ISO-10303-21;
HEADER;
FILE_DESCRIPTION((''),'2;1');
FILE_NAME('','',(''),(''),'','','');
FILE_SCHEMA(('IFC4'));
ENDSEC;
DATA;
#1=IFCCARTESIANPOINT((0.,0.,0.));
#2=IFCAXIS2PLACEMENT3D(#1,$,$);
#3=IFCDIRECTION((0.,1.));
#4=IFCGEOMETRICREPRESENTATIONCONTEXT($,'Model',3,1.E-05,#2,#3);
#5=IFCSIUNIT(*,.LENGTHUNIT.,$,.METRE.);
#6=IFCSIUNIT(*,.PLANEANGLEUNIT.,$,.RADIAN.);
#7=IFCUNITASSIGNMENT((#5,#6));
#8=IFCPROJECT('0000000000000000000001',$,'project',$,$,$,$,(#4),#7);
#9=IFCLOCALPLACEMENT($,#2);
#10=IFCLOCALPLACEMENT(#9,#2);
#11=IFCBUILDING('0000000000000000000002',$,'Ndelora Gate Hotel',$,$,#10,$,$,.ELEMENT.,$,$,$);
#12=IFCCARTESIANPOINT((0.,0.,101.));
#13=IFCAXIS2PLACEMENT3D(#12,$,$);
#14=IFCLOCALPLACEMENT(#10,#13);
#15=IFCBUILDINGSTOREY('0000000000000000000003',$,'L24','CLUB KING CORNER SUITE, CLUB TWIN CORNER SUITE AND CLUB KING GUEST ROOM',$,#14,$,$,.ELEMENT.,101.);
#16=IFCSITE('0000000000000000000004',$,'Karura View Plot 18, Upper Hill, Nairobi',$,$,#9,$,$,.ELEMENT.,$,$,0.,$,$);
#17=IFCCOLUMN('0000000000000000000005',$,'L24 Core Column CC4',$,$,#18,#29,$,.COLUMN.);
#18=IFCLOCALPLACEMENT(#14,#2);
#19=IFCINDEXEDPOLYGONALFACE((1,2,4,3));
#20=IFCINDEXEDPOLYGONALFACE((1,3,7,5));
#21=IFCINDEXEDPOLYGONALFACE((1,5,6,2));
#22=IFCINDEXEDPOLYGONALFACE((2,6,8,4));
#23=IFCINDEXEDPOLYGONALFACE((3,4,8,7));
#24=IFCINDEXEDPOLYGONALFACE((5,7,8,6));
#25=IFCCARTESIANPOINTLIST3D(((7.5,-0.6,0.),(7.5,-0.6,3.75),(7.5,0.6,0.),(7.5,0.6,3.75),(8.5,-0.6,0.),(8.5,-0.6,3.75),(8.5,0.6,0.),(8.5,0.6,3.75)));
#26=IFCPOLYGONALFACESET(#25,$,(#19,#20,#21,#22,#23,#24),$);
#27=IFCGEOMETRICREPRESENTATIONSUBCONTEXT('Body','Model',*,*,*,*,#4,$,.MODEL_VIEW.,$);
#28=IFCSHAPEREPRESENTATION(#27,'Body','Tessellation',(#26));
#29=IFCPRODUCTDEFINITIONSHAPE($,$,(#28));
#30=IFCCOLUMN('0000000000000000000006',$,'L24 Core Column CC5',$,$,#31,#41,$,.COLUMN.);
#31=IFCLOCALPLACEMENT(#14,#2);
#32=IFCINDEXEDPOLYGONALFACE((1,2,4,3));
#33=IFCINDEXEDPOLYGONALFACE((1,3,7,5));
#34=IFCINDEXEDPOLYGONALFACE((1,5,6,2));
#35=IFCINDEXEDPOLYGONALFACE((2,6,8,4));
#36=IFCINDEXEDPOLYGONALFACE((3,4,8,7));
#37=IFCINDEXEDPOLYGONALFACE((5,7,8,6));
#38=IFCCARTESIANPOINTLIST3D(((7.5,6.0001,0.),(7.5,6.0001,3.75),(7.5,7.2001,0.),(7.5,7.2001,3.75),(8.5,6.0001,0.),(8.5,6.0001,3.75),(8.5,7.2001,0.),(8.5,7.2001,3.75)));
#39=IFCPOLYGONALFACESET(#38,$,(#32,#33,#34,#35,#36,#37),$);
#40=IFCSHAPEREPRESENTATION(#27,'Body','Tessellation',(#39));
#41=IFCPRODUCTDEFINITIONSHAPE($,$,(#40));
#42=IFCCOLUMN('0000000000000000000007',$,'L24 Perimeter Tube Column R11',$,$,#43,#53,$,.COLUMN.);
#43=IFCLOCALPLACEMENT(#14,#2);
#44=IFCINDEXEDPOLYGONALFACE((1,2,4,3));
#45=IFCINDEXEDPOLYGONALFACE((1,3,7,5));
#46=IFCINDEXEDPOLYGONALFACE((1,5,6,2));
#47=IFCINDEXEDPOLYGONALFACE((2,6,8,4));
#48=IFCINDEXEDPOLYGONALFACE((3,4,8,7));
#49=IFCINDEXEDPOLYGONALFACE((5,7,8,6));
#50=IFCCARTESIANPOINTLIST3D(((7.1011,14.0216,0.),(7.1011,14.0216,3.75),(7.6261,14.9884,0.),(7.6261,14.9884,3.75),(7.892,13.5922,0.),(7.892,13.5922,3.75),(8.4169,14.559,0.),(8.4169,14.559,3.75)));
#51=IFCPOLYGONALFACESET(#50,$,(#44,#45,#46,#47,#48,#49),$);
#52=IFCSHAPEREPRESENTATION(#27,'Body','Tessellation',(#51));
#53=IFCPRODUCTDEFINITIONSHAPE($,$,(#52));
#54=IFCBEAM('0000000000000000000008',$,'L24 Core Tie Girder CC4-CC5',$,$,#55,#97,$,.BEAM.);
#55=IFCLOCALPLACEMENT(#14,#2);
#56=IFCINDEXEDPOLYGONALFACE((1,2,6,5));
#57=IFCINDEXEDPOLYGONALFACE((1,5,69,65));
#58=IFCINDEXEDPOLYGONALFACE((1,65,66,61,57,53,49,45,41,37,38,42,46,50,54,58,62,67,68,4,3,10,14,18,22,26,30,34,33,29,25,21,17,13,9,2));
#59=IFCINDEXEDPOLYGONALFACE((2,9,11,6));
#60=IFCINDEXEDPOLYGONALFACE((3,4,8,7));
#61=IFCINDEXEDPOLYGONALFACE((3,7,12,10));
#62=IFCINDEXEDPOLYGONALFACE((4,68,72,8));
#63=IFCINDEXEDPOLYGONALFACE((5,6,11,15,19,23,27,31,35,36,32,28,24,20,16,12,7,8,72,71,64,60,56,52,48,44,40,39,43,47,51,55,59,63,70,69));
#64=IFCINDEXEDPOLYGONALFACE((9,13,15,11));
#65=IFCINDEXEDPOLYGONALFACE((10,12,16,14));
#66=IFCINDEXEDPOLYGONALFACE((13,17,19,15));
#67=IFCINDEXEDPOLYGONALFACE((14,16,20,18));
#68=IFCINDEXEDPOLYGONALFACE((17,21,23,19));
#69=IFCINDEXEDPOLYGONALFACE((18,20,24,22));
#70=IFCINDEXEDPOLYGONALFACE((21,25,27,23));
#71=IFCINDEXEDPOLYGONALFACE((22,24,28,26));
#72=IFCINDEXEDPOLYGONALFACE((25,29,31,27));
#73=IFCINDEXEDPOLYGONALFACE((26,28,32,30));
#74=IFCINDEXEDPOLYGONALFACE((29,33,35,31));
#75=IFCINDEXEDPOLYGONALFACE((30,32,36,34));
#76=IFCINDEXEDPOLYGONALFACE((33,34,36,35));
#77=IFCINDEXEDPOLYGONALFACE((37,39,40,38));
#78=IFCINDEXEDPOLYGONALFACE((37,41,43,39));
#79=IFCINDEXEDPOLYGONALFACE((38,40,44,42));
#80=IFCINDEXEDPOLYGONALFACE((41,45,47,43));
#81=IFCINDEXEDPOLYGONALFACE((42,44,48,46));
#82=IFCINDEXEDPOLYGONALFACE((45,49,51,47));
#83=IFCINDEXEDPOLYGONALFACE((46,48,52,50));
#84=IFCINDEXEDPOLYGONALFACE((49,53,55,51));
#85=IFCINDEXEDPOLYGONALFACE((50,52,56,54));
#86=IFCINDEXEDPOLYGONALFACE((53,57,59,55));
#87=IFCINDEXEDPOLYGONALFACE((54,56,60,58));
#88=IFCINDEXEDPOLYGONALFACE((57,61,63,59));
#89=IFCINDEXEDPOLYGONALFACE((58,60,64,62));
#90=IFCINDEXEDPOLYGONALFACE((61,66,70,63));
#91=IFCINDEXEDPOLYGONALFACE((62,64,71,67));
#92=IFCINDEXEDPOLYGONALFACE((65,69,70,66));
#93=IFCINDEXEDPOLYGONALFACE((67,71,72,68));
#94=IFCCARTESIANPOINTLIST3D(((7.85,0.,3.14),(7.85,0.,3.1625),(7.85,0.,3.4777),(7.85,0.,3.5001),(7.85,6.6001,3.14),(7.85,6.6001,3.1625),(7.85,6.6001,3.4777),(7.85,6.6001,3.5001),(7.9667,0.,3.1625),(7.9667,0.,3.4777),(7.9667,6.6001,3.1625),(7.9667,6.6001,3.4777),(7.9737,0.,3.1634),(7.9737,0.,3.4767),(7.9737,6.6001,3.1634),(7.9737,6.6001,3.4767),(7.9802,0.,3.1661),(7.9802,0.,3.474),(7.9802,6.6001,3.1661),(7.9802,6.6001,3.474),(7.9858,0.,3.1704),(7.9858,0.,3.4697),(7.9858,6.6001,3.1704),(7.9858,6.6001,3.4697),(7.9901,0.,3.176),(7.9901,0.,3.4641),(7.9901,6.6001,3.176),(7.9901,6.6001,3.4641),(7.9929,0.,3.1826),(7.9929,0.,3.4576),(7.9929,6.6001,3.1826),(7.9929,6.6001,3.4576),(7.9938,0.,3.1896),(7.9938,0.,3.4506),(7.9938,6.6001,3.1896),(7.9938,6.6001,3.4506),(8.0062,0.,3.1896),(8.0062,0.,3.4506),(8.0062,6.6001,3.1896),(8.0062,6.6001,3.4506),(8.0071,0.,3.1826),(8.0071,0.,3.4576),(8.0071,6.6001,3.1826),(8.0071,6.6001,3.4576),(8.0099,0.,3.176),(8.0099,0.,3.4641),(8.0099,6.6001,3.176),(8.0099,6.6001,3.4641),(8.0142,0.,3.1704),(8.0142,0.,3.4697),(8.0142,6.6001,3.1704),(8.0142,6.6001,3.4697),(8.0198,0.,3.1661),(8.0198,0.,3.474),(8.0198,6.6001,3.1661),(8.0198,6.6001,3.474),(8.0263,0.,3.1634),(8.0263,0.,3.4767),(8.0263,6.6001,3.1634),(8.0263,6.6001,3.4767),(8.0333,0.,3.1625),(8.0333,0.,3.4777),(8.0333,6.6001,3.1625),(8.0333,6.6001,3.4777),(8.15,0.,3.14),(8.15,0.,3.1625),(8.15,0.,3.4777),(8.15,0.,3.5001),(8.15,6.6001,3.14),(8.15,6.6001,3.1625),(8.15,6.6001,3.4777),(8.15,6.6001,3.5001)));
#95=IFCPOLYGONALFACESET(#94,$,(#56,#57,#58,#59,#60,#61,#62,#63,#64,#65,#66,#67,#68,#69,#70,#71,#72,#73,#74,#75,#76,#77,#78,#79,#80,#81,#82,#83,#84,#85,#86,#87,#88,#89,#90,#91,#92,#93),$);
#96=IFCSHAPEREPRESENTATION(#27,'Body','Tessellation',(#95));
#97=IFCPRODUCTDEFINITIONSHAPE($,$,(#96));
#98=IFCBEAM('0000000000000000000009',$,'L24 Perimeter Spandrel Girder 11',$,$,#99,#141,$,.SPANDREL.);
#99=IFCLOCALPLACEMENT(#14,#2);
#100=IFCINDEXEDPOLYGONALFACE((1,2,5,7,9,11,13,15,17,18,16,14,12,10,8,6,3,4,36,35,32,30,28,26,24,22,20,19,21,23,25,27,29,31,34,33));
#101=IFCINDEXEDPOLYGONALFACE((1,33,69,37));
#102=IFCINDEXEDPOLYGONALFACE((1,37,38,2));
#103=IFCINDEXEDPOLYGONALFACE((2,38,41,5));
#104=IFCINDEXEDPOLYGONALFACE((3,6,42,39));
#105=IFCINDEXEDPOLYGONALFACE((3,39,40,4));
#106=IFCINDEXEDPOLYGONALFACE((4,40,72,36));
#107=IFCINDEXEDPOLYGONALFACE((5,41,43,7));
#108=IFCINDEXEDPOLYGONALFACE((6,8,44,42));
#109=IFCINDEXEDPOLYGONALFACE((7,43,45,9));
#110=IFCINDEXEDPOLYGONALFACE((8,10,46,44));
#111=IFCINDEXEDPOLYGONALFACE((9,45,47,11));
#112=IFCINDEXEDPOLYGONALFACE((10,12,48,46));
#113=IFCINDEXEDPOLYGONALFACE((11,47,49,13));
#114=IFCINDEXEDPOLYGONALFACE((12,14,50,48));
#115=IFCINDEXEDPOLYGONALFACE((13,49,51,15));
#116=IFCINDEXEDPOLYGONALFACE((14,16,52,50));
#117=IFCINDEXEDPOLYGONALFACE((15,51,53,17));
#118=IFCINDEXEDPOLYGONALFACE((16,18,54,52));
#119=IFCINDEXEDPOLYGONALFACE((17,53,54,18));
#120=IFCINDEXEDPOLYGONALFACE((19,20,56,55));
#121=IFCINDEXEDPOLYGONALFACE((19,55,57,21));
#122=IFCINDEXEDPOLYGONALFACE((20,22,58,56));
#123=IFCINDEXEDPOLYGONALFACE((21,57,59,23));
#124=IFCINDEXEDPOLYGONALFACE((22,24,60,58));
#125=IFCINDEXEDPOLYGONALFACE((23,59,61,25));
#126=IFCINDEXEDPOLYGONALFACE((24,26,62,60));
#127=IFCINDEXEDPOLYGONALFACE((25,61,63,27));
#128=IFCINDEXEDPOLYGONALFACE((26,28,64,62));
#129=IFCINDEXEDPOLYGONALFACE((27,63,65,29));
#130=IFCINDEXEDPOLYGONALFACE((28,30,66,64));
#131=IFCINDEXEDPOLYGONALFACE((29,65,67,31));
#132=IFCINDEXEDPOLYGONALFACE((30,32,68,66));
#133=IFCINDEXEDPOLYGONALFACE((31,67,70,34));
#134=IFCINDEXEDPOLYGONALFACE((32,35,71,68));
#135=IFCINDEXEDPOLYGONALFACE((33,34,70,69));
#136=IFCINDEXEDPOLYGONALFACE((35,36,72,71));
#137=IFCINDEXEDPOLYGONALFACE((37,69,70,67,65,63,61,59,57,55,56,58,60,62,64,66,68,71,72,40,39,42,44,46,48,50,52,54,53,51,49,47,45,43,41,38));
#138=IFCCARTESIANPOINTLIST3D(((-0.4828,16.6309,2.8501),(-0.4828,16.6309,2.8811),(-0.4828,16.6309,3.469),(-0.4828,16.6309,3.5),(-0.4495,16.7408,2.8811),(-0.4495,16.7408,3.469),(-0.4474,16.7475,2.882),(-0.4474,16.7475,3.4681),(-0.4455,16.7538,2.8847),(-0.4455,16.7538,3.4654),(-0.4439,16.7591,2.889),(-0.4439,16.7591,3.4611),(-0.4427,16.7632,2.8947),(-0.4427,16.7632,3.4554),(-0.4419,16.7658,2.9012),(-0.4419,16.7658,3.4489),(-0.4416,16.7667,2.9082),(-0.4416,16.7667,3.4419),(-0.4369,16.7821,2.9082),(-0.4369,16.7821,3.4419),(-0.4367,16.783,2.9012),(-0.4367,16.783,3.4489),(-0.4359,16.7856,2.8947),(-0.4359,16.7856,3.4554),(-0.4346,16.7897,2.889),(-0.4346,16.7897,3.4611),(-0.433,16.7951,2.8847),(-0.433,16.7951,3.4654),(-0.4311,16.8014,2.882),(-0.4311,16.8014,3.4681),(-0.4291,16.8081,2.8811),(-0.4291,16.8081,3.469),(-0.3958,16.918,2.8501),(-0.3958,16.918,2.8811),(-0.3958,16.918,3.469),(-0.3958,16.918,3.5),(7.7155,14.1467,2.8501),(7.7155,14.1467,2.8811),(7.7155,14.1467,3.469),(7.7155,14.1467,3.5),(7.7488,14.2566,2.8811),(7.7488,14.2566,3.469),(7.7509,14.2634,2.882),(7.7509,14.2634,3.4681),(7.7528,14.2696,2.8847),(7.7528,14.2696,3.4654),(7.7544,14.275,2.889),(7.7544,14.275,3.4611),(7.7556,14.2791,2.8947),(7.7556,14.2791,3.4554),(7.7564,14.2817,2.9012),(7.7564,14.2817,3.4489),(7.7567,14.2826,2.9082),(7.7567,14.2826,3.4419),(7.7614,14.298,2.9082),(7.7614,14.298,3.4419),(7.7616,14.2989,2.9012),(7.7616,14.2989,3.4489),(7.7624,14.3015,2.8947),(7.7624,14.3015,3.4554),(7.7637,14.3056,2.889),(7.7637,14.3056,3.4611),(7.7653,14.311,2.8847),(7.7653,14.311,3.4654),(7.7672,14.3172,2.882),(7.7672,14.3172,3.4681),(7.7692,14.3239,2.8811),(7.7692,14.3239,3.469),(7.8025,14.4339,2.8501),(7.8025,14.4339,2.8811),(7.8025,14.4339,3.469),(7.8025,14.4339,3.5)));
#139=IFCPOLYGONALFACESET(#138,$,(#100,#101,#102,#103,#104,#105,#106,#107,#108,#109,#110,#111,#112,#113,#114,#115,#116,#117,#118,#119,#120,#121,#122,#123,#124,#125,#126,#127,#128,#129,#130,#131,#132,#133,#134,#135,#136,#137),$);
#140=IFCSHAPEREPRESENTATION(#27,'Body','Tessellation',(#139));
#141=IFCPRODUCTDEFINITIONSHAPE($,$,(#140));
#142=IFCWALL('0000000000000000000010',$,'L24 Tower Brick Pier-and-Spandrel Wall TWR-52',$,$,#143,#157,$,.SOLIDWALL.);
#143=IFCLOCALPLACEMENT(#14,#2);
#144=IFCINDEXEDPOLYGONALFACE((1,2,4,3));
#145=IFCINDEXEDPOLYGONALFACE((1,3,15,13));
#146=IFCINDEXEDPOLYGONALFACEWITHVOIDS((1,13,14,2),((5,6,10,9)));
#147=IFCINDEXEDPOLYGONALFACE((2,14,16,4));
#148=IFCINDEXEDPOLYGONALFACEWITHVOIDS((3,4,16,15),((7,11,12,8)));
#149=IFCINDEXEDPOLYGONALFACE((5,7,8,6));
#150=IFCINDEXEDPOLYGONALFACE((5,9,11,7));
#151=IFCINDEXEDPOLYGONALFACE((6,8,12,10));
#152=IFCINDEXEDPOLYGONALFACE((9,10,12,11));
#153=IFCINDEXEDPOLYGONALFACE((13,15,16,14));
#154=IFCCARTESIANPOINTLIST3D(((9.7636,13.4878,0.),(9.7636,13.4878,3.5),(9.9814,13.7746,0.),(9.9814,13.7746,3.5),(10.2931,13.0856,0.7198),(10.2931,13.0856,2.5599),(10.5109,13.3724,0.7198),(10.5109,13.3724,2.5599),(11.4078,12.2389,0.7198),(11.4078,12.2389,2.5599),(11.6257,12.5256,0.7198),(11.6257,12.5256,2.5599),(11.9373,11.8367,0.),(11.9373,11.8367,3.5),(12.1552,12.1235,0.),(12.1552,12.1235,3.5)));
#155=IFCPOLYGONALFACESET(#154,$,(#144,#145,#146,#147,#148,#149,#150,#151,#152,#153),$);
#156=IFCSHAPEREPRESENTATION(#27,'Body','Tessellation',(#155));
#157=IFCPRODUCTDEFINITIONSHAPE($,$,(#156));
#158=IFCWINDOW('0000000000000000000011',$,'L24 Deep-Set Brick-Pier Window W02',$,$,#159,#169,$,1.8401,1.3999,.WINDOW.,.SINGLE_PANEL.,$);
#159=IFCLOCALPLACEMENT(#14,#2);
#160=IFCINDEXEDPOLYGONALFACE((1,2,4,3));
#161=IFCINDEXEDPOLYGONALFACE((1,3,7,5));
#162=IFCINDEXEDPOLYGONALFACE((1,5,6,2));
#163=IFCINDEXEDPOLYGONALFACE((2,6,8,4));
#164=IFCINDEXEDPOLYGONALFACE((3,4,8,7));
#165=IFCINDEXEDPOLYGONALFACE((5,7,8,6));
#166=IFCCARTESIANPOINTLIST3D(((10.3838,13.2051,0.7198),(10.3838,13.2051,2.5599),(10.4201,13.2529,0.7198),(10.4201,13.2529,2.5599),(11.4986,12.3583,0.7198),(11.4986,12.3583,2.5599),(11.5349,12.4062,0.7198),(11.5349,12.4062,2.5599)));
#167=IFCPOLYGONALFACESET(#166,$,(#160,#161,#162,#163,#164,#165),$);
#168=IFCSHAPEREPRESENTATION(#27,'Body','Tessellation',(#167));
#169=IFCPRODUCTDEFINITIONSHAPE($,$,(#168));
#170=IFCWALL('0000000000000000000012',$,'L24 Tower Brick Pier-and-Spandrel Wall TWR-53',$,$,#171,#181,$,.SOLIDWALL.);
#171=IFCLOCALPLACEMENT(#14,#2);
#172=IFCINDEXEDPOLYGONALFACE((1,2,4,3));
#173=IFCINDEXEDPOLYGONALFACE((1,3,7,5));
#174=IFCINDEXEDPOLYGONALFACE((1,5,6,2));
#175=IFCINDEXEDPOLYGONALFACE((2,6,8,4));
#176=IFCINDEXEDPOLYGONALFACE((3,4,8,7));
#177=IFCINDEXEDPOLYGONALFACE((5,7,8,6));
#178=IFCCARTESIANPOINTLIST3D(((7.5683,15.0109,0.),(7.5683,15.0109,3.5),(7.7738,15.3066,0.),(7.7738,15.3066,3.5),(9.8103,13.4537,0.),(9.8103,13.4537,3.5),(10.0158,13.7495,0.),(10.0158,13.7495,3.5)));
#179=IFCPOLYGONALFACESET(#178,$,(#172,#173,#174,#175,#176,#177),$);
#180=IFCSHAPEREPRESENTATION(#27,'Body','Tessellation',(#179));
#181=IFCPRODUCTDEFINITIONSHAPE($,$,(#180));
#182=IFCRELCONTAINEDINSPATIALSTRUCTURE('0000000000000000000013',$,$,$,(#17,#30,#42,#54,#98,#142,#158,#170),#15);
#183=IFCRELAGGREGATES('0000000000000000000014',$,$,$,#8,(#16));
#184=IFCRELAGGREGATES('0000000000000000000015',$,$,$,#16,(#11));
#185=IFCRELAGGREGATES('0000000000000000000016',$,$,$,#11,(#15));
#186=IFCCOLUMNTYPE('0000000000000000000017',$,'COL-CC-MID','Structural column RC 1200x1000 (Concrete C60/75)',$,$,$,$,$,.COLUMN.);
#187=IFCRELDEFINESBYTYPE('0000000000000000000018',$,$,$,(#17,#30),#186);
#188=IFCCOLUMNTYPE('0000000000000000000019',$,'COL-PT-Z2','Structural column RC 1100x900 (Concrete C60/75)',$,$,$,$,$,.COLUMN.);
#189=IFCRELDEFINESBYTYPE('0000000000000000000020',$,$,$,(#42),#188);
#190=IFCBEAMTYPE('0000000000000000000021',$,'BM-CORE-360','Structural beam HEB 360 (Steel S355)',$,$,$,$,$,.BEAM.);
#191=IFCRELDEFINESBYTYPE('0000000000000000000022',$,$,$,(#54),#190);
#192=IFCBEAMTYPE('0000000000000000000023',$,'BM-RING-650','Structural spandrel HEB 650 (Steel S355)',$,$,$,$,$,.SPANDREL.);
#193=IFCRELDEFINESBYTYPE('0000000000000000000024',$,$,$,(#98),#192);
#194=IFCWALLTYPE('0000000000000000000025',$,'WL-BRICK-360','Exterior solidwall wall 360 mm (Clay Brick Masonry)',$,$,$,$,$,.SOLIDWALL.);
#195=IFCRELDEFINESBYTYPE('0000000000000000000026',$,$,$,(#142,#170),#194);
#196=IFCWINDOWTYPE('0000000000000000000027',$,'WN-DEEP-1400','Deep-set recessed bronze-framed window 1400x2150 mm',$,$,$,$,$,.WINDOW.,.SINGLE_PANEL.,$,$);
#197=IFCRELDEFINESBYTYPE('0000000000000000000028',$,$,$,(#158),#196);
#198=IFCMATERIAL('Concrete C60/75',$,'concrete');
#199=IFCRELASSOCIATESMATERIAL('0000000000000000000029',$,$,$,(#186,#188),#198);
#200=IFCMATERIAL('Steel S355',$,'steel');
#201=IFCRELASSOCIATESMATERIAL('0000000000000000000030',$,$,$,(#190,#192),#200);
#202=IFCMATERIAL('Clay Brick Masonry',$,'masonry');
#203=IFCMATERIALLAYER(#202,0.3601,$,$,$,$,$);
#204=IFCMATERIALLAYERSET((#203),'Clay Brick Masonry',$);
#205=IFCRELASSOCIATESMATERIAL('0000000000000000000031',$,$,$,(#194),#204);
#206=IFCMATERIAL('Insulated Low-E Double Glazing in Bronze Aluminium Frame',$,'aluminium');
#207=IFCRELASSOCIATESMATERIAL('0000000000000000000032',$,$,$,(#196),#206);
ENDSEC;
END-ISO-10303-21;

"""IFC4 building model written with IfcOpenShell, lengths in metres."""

from ifc_helpers import new_model, si_unit, direction, frame, frame_2d, origin, origin_2d, place, context, subcontext, project, spatial, rectangle, i_section, extrude, material, layer, layer_set, material_profile, profile_set, type_object, element, fill, save


model = new_model("IFC4")

# Units and contexts
model_context = context("Model", 3, precision=1e-05, world=origin(), true_north=direction((0.0, 1.0)))
body_context = subcontext(model_context, "Body", "Model", "MODEL_VIEW")
ifc_project = project(units=[si_unit("LENGTHUNIT", "METRE"), si_unit("PLANEANGLEUNIT", "RADIAN")], contexts=[model_context])

# Site, building, storey
site_placement = place(None, origin())
site = spatial("IfcSite", under=ifc_project, at=site_placement, Name="Karura View Plot 18, Upper Hill, Nairobi", CompositionType="ELEMENT", RefElevation=0.0)
building_placement = place(site_placement, origin())
building = spatial("IfcBuilding", under=site, at=building_placement, Name="Ndelora Gate Hotel", CompositionType="ELEMENT")
storey_placement = place(building_placement, frame((0.0, 0.0, 101.0)))
storey = spatial("IfcBuildingStorey", under=building, at=storey_placement, Name="L24", Description="CLUB KING CORNER SUITE, CLUB TWIN CORNER SUITE AND CLUB KING GUEST ROOM", CompositionType="ELEMENT", Elevation=101.0)

# Columns
ifc_material_1 = material(Name="Concrete C60/75", Category="concrete")
ifc_material_profile_1 = material_profile(ifc_material_1, rectangle(XDim=1.0, YDim=1.2, at=origin_2d()), Name="RC 1200x1000")
ifc_profile_set_1 = profile_set([ifc_material_profile_1], Name="Concrete C60/75")
column_type_1 = type_object("IfcColumnType", Name="COL-CC-MID", Description="Structural column RC 1200x1000 (Concrete C60/75)", PredefinedType="COLUMN", material=ifc_profile_set_1)
for number, where, z_axis, x_axis, name in (
    (1, (8.0, 0.0, 0.0), (0.0, 0.0, 1.0), (1.0, 0.0, 0.0), "L24 Core Column CC4"),
    (2, (8.0, 6.6001, 0.0), (0.0, 0.0, 1.0), (1.0, 0.0, 0.0), "L24 Core Column CC5"),
):
    element("IfcColumn", number, at=place(storey_placement, frame(where, z_axis=z_axis, x_axis=x_axis)), inside=storey, type_object=column_type_1, Name=name, PredefinedType="COLUMN", context=body_context, shape_type="SweptSolid", body=[
        extrude(rectangle(XDim=1.0, YDim=1.2, at=origin_2d()), origin(), (0.0, 0.0, 1.0), 3.75),
    ])
ifc_material_profile_2 = material_profile(ifc_material_1, rectangle(XDim=0.8999, YDim=1.1001, at=origin_2d()), Name="RC 1100x900")
ifc_profile_set_2 = profile_set([ifc_material_profile_2], Name="Concrete C60/75")
column_type_2 = type_object("IfcColumnType", Name="COL-PT-Z2", Description="Structural column RC 1100x900 (Concrete C60/75)", PredefinedType="COLUMN", material=ifc_profile_set_2)
column_placement = place(storey_placement, frame((7.759, 14.2903, 0.0), z_axis=(0.0, 0.0, 1.0), x_axis=(-0.878817, 0.477159, 0.0)))
element("IfcColumn", 3, at=column_placement, inside=storey, type_object=column_type_2, Name="L24 Perimeter Tube Column R11", PredefinedType="COLUMN", context=body_context, shape_type="SweptSolid", body=[
    extrude(rectangle(XDim=0.8999, YDim=1.1001, at=origin_2d()), origin(), (0.0, 0.0, 1.0), 3.75),
])

# Beams
ifc_material_2 = material(Name="Steel S355", Category="steel")
ifc_material_profile_3 = material_profile(ifc_material_2, i_section(OverallWidth=0.3, OverallDepth=0.3601, WebThickness=0.0125, FlangeThickness=0.0225, FilletRadius=0.0271, at=origin_2d()), Name="HEB 360")
ifc_profile_set_3 = profile_set([ifc_material_profile_3], Name="Steel S355")
beam_type_1 = type_object("IfcBeamType", Name="BM-CORE-360", Description="Structural beam HEB 360 (Steel S355)", PredefinedType="BEAM", material=ifc_profile_set_3)
beam_1_placement = place(storey_placement, frame((8.0, 0.0, 3.3201), z_axis=(0.0, 1.0, 0.0), x_axis=(-1.0, 0.0, 0.0)))
element("IfcBeam", 4, at=beam_1_placement, inside=storey, type_object=beam_type_1, Name="L24 Core Tie Girder CC4-CC5", PredefinedType="BEAM", context=body_context, shape_type="SweptSolid", body=[
    extrude(i_section(OverallWidth=0.3, OverallDepth=0.3601, WebThickness=0.0125, FlangeThickness=0.0225, FilletRadius=0.0271, at=origin_2d()), origin(), (0.0, 0.0, 1.0), 6.6001),
])
ifc_material_profile_4 = material_profile(ifc_material_2, i_section(OverallWidth=0.3, OverallDepth=0.6499, WebThickness=0.0161, FlangeThickness=0.031, FilletRadius=0.0271, at=origin_2d()), Name="HEB 650")
ifc_profile_set_4 = profile_set([ifc_material_profile_4], Name="Steel S355")
beam_type_2 = type_object("IfcBeamType", Name="BM-RING-650", Description="Structural spandrel HEB 650 (Steel S355)", PredefinedType="SPANDREL", material=ifc_profile_set_4)
beam_2_placement = place(storey_placement, frame((7.759, 14.2903, 3.175), z_axis=(-0.95703, 0.289988, 0.0), x_axis=(-0.289988, -0.95703, 0.0)))
element("IfcBeam", 5, at=beam_2_placement, inside=storey, type_object=beam_type_2, Name="L24 Perimeter Spandrel Girder 11", PredefinedType="SPANDREL", context=body_context, shape_type="SweptSolid", body=[
    extrude(i_section(OverallWidth=0.3, OverallDepth=0.6499, WebThickness=0.0161, FlangeThickness=0.031, FilletRadius=0.0271, at=origin_2d()), origin(), (0.0, 0.0, 1.0), 8.5664),
])

# Wall, opening, window
ifc_material_3 = material(Name="Clay Brick Masonry", Category="masonry")
ifc_layer_1 = layer(ifc_material_3, 0.3601)
ifc_layer_set_1 = layer_set([ifc_layer_1], Name="Clay Brick Masonry")
wall_type_1 = type_object("IfcWallType", Name="WL-BRICK-360", Description="Exterior solidwall wall 360 mm (Clay Brick Masonry)", PredefinedType="SOLIDWALL", material=ifc_layer_set_1)
wall_1_placement = place(storey_placement, frame((9.8726, 13.6311, 0.0), z_axis=(0.0, 0.0, 1.0), x_axis=(0.796336, -0.604854, 0.0)))
wall_1 = element("IfcWall", 6, at=wall_1_placement, inside=storey, type_object=wall_type_1, Name="L24 Tower Brick Pier-and-Spandrel Wall TWR-52", PredefinedType="SOLIDWALL", context=body_context, shape_type="SweptSolid", body=[
    extrude(rectangle(XDim=2.7297, YDim=0.3601, at=frame_2d((1.3647, 0.0))), origin(), (0.0, 0.0, 1.0), 3.5),
])
opening_1_placement = place(wall_1_placement, frame((0.6648, 0.0, 0.72)))
opening_1 = element("IfcOpeningElement", 7, at=opening_1_placement, cuts=wall_1, PredefinedType="OPENING", context=body_context, shape_type="SweptSolid", body=[
    extrude(rectangle(XDim=1.3999, YDim=1.8401, at=frame_2d((0.7, 0.9199))), frame((0.0, 0.1899, 0.0), z_axis=(0.0, -1.0, 0.0), x_axis=(1.0, 0.0, 0.0)), (0.0, 0.0, 1.0), 0.3801),
])
ifc_material_4 = material(Name="Insulated Low-E Double Glazing in Bronze Aluminium Frame", Category="aluminium")
window_type = type_object("IfcWindowType", Name="WN-DEEP-1400", Description="Deep-set recessed bronze-framed window 1400x2150 mm", PartitioningType="SINGLE_PANEL", PredefinedType="WINDOW", material=ifc_material_4)
window_placement = place(opening_1_placement, origin())
window = element("IfcWindow", 8, at=window_placement, inside=storey, type_object=window_type, Name="L24 Deep-Set Brick-Pier Window W02", OverallHeight=1.8401, OverallWidth=1.3999, PartitioningType="SINGLE_PANEL", PredefinedType="WINDOW", context=body_context, shape_type="SweptSolid", body=[
    extrude(rectangle(XDim=1.3999, YDim=1.8401, at=frame_2d((0.7, 0.9199))), frame((0.0, 0.03, 0.0), z_axis=(0.0, -1.0, 0.0), x_axis=(1.0, 0.0, 0.0)), (0.0, 0.0, 1.0), 0.0601),
])
fill(opening_1, window)

# Wall
wall_2_placement = place(storey_placement, frame((7.6711, 15.1587, 0.0), z_axis=(0.0, 0.0, 1.0), x_axis=(0.821332, -0.570451, 0.0)))
element("IfcWall", 9, at=wall_2_placement, inside=storey, type_object=wall_type_1, Name="L24 Tower Brick Pier-and-Spandrel Wall TWR-53", PredefinedType="SOLIDWALL", context=body_context, shape_type="SweptSolid", body=[
    extrude(rectangle(XDim=2.7297, YDim=0.3601, at=frame_2d((1.3647, 0.0))), origin(), (0.0, 0.0, 1.0), 3.5),
])

save(model, "model.ifc")
